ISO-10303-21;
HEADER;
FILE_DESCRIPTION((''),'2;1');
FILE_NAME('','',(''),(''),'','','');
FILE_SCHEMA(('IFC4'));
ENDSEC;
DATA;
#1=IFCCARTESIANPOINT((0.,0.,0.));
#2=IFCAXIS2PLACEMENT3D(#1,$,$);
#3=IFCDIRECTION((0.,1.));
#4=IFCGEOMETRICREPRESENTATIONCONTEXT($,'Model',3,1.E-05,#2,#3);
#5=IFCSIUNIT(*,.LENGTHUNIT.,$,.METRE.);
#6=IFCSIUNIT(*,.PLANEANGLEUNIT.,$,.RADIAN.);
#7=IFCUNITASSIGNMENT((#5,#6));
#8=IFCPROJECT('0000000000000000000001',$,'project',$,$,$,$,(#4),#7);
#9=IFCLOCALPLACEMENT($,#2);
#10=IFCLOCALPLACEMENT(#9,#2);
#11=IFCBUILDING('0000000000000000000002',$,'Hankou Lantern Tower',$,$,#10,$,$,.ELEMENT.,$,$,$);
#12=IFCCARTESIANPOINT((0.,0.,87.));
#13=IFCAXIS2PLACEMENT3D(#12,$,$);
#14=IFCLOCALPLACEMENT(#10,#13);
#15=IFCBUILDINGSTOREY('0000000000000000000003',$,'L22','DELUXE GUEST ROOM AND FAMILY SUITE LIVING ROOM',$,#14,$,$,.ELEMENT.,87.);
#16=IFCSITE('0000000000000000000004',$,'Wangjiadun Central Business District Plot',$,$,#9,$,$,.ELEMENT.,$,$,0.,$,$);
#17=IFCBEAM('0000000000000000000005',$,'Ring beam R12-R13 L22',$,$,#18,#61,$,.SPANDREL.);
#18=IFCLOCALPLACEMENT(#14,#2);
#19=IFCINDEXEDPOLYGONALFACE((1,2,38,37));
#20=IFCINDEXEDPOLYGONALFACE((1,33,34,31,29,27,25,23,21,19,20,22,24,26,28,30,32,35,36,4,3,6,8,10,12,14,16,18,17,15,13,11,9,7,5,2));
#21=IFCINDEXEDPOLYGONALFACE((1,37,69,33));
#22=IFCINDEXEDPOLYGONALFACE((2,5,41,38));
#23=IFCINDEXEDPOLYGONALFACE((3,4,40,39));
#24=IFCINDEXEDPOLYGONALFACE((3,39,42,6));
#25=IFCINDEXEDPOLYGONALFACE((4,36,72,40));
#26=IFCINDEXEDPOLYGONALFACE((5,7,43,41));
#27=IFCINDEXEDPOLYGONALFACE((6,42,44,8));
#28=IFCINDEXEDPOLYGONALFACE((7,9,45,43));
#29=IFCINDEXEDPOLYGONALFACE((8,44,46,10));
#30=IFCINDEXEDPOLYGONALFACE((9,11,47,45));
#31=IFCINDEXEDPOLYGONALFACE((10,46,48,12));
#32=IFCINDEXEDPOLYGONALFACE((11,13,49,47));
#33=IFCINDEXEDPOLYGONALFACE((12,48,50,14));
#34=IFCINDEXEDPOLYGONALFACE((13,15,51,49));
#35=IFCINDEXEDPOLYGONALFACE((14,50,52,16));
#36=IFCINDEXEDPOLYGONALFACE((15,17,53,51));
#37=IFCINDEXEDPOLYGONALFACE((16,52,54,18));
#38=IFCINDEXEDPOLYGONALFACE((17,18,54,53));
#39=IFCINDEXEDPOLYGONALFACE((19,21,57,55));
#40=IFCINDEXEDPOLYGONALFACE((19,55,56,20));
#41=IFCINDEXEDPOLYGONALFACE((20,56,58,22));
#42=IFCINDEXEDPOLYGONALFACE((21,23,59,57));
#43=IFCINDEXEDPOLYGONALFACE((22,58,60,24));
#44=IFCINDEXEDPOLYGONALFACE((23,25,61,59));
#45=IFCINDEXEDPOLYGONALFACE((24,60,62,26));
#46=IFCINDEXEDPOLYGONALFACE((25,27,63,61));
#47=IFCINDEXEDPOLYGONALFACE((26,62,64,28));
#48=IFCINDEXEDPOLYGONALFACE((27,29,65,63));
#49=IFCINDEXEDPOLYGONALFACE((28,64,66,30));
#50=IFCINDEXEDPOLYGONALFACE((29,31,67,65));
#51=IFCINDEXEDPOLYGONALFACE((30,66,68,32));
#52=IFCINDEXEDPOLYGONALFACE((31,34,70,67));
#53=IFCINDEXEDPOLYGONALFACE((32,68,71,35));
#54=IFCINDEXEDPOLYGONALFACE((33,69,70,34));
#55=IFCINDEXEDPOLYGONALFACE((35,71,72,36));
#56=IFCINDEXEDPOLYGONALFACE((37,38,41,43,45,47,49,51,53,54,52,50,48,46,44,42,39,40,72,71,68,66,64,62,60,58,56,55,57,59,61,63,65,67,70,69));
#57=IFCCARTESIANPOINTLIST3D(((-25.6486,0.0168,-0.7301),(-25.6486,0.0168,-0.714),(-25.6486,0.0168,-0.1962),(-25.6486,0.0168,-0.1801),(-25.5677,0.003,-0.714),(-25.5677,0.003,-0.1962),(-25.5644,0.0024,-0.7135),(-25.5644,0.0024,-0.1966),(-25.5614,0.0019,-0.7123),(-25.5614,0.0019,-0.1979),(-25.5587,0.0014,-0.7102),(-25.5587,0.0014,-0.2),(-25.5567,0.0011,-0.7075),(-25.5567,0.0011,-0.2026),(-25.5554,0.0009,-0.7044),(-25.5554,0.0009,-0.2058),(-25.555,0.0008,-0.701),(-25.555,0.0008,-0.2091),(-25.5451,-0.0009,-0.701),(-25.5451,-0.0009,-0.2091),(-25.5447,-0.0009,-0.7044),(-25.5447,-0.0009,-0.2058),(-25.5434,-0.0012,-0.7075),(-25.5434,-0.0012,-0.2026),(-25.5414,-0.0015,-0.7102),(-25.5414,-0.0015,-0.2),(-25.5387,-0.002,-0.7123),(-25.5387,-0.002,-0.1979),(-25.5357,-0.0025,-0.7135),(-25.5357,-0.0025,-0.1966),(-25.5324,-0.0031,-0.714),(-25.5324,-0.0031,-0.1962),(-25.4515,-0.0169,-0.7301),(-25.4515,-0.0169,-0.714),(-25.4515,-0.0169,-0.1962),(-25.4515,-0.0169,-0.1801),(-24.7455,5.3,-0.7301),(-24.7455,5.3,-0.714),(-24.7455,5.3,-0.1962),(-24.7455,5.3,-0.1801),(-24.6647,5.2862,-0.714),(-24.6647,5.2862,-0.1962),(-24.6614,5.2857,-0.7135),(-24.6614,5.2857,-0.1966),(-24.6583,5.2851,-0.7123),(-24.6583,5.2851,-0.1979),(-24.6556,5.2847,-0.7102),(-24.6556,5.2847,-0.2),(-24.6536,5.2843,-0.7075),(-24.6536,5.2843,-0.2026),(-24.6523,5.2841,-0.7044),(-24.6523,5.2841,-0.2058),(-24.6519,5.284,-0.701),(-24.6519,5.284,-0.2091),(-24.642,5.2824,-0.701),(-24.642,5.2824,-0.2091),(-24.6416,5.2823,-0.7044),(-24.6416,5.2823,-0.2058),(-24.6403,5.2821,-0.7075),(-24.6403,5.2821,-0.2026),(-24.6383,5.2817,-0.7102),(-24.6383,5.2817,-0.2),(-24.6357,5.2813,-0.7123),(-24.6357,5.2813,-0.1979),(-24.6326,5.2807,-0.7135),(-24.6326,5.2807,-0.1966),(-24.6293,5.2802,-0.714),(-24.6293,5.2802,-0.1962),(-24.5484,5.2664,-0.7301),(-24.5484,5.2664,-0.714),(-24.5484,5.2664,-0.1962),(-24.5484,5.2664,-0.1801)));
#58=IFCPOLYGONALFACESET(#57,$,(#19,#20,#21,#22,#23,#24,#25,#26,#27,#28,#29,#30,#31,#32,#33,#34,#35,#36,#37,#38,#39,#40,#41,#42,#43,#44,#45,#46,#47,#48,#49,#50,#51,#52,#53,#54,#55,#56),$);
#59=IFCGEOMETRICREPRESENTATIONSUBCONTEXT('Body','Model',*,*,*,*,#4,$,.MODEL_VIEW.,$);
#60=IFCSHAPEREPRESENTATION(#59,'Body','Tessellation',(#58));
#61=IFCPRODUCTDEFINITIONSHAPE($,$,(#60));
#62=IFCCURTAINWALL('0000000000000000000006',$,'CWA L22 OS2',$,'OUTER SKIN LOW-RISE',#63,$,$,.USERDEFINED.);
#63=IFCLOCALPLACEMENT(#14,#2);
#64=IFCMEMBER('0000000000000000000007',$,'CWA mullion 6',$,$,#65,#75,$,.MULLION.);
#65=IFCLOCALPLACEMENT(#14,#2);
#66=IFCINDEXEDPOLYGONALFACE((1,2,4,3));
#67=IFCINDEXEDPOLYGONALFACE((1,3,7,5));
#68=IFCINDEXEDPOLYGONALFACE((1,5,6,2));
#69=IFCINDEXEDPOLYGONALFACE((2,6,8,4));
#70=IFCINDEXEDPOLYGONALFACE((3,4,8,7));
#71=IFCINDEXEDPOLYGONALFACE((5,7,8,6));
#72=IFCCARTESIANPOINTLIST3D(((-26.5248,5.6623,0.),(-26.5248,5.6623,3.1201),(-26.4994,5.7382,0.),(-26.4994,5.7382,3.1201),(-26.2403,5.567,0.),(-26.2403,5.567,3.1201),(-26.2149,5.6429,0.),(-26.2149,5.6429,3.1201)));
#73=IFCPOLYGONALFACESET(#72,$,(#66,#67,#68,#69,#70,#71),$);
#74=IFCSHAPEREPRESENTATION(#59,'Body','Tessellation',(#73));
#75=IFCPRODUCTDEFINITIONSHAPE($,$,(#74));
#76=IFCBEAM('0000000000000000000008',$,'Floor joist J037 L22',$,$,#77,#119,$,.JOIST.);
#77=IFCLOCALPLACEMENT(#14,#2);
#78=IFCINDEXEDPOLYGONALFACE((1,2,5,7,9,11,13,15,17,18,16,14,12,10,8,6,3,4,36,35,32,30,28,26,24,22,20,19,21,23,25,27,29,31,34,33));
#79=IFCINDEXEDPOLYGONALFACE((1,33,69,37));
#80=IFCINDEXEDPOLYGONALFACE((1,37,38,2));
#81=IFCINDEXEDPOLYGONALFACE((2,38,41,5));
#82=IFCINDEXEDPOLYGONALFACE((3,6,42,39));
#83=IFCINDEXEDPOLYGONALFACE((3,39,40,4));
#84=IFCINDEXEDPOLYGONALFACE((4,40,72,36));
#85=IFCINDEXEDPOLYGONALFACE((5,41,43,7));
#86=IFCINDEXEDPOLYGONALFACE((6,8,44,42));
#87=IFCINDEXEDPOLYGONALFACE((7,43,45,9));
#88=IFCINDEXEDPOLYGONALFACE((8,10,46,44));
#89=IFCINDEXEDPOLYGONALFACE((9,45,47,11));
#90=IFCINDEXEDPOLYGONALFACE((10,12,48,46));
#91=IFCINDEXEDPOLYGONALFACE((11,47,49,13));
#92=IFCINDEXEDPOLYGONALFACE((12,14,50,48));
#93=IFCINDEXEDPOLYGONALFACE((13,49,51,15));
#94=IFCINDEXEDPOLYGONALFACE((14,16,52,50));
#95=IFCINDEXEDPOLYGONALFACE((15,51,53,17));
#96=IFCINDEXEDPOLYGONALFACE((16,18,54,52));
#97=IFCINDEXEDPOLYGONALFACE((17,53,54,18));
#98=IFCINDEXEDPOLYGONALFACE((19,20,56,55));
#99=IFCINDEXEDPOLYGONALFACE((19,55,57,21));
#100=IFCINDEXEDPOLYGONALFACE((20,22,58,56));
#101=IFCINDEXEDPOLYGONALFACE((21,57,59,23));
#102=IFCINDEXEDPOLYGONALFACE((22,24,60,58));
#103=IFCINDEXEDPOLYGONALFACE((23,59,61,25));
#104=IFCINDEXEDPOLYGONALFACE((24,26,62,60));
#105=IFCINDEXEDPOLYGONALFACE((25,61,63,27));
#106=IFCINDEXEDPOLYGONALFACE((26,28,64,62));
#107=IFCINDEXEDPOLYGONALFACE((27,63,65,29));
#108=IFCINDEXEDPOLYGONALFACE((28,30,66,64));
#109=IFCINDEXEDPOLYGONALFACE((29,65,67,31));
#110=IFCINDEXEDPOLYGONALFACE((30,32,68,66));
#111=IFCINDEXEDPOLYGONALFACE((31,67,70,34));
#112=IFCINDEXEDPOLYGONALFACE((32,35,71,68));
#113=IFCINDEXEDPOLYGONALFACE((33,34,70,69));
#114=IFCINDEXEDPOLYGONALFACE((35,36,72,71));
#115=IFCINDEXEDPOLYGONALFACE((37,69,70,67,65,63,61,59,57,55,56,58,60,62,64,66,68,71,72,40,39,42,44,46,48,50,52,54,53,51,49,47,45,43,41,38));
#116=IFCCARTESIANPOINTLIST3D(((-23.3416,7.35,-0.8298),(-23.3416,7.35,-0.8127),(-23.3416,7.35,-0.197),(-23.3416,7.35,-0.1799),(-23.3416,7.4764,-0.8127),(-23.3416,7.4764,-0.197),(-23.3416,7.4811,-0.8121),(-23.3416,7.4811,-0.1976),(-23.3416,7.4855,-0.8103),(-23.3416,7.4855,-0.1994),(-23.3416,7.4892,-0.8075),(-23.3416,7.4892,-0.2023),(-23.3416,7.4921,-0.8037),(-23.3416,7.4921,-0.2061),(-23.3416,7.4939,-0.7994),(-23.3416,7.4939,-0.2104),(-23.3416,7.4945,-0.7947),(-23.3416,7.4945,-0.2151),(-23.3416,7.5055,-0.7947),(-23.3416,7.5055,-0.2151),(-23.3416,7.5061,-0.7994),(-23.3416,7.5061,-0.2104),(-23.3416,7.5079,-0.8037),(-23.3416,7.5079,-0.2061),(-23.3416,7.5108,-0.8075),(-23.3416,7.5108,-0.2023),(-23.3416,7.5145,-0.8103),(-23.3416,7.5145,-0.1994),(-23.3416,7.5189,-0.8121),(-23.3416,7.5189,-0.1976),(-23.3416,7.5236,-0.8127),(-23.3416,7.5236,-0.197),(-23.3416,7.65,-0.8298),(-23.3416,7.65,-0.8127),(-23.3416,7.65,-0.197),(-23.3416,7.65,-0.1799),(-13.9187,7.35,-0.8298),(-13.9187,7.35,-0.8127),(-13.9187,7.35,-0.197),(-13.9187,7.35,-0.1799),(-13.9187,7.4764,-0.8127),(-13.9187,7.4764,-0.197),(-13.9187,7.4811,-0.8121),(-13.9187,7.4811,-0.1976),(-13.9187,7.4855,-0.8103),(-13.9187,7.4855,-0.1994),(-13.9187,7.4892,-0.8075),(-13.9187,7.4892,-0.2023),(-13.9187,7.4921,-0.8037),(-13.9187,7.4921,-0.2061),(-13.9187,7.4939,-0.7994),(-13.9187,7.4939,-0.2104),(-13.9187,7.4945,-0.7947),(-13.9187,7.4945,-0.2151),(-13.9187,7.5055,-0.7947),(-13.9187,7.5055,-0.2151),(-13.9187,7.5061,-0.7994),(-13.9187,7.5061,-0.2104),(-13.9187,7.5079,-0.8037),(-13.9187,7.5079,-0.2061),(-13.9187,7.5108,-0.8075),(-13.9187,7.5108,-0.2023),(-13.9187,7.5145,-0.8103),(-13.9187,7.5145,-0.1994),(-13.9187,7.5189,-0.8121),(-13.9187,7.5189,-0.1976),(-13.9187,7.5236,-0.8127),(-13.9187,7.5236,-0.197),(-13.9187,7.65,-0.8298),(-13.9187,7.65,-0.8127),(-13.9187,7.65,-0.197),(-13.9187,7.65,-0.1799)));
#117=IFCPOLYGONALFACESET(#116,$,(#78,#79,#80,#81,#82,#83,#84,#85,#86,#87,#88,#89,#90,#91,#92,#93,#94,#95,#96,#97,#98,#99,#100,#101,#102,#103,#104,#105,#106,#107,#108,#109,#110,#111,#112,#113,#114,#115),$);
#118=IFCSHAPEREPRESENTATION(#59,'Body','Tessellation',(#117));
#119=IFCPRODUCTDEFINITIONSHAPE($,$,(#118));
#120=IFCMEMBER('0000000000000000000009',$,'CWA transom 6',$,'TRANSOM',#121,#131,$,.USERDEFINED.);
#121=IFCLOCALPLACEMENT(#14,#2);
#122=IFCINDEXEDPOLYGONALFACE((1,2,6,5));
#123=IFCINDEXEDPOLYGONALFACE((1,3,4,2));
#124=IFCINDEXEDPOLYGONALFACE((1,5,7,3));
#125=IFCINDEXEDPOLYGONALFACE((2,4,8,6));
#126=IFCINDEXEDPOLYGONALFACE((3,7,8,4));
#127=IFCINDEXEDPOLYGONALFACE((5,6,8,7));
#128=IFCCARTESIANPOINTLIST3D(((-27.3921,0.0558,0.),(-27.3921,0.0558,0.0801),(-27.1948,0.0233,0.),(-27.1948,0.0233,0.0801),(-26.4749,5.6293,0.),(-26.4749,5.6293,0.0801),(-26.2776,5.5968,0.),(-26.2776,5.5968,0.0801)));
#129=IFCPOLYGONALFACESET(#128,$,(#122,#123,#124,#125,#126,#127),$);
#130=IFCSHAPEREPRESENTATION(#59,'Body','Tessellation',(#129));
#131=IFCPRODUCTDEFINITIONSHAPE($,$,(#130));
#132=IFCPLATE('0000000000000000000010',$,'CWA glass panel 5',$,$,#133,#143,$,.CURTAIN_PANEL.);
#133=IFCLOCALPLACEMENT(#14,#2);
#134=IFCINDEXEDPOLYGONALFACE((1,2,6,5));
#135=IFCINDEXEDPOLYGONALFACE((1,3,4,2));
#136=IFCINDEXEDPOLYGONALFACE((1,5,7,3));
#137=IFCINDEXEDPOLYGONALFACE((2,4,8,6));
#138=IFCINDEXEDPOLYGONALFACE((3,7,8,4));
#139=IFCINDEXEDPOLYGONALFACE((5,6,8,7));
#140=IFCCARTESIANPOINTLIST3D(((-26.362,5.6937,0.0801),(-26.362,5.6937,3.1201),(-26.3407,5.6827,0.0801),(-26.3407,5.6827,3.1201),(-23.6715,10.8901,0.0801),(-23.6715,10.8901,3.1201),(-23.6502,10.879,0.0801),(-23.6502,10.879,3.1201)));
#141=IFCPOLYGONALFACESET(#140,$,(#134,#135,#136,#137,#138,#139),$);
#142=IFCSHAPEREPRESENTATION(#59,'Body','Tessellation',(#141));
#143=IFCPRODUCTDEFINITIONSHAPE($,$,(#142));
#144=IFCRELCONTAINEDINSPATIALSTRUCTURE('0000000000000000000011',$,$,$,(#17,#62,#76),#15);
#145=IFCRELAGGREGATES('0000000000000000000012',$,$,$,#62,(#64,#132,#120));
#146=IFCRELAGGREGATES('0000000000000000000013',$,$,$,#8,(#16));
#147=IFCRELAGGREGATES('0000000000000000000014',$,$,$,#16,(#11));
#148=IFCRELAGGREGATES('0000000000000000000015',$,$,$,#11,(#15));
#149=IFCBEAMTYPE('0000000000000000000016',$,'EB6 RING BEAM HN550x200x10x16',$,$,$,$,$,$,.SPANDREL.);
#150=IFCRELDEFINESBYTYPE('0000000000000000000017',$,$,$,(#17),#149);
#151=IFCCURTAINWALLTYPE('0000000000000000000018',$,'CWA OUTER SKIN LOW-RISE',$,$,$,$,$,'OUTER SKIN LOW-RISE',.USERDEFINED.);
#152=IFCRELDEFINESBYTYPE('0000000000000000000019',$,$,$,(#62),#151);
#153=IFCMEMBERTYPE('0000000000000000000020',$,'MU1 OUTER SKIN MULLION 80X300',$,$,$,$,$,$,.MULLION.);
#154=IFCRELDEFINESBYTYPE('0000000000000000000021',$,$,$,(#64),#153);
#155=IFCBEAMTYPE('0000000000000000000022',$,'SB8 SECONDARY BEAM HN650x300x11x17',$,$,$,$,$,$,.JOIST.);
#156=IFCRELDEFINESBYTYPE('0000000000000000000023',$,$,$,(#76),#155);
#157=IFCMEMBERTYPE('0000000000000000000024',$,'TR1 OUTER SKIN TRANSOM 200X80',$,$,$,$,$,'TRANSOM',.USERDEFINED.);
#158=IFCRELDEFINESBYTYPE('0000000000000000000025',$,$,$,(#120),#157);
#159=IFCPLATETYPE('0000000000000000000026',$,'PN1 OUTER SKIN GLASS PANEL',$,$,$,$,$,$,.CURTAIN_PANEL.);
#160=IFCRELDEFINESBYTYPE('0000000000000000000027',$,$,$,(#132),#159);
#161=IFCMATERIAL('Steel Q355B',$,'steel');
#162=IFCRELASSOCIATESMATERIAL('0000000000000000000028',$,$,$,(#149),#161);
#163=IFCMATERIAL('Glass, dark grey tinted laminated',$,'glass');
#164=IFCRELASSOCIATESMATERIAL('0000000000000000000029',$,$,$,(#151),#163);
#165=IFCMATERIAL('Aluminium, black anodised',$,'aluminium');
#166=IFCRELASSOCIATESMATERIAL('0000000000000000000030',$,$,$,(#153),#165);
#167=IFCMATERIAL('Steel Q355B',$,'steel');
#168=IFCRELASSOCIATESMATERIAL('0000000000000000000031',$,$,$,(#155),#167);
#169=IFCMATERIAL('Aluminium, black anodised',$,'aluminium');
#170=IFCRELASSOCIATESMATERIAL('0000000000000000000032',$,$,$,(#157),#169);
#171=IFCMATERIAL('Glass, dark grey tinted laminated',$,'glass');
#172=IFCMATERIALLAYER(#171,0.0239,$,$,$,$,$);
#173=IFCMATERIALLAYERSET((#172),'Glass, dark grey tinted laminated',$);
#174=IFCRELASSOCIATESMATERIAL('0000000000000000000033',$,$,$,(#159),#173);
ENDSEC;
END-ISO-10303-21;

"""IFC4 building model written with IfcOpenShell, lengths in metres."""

from ifc_helpers import new_model, si_unit, direction, frame, origin, origin_2d, place, context, subcontext, project, spatial, rectangle, i_section, extrude, material, layer, layer_set, material_profile, profile_set, type_object, element, aggregate, save


model = new_model("IFC4")

# Units and contexts
model_context = context("Model", 3, precision=1e-05, world=origin(), true_north=direction((0.0, 1.0)))
body_context = subcontext(model_context, "Body", "Model", "MODEL_VIEW")
ifc_project = project(units=[si_unit("LENGTHUNIT", "METRE"), si_unit("PLANEANGLEUNIT", "RADIAN")], contexts=[model_context])

# Site, building, storey
site_placement = place(None, origin())
site = spatial("IfcSite", under=ifc_project, at=site_placement, Name="Wangjiadun Central Business District Plot", CompositionType="ELEMENT", RefElevation=0.0)
building_placement = place(site_placement, origin())
building = spatial("IfcBuilding", under=site, at=building_placement, Name="Hankou Lantern Tower", CompositionType="ELEMENT")
storey_placement = place(building_placement, frame((0.0, 0.0, 87.0)))
storey = spatial("IfcBuildingStorey", under=building, at=storey_placement, Name="L22", Description="DELUXE GUEST ROOM AND FAMILY SUITE LIVING ROOM", CompositionType="ELEMENT", Elevation=87.0)

# Beam
ifc_material_1 = material(Name="Steel Q355B", Category="steel")
ifc_material_profile_1 = material_profile(ifc_material_1, i_section(OverallWidth=0.2, OverallDepth=0.55, WebThickness=0.01, FlangeThickness=0.0161, FilletRadius=0.0129, at=origin_2d()), Name="HN550x200x10x16")
ifc_profile_set_1 = profile_set([ifc_material_profile_1], Name="Steel Q355B")
beam_type_1 = type_object("IfcBeamType", Name="EB6 RING BEAM HN550x200x10x16", PredefinedType="SPANDREL", material=ifc_profile_set_1)
beam_1_placement = place(storey_placement, frame((-24.647, 5.2832, -0.4551), z_axis=(-0.16849, -0.985703, 0.0), x_axis=(0.985703, -0.16849, 0.0)))
element("IfcBeam", 1, at=beam_1_placement, inside=storey, type_object=beam_type_1, Name="Ring beam R12-R13 L22", PredefinedType="SPANDREL", context=body_context, shape_type="SweptSolid", body=[
    extrude(i_section(OverallWidth=0.2, OverallDepth=0.55, WebThickness=0.01, FlangeThickness=0.0161, FilletRadius=0.0129, at=origin_2d()), origin(), (0.0, 0.0, 1.0), 5.3599),
])

# Curtain wall, member
ifc_material_2 = material(Name="Glass, dark grey tinted laminated", Category="glass")
curtain_wall_type = type_object("IfcCurtainWallType", Name="CWA OUTER SKIN LOW-RISE", ElementType="OUTER SKIN LOW-RISE", PredefinedType="USERDEFINED", material=ifc_material_2)
curtain_wall_placement = place(storey_placement, origin())
curtain_wall = element("IfcCurtainWall", 2, at=curtain_wall_placement, inside=storey, type_object=curtain_wall_type, Name="CWA L22 OS2", ObjectType="OUTER SKIN LOW-RISE", PredefinedType="USERDEFINED")
ifc_material_3 = material(Name="Aluminium, black anodised", Category="aluminium")
ifc_material_profile_2 = material_profile(ifc_material_3, rectangle(XDim=0.0801, YDim=0.3, at=origin_2d()), Name="MU1 80X300")
ifc_profile_set_2 = profile_set([ifc_material_profile_2], Name="Aluminium, black anodised")
member_type_1 = type_object("IfcMemberType", Name="MU1 OUTER SKIN MULLION 80X300", PredefinedType="MULLION", material=ifc_profile_set_2)
member_1_placement = place(storey_placement, frame((-26.3699, 5.6526, 0.0), z_axis=(0.0, 0.0, 1.0), x_axis=(-0.317596, -0.948226, 0.0)))
member_1 = element("IfcMember", 3, at=member_1_placement, type_object=member_type_1, Name="CWA mullion 6", PredefinedType="MULLION", context=body_context, shape_type="SweptSolid", body=[
    extrude(rectangle(XDim=0.0801, YDim=0.3, at=origin_2d()), origin(), (0.0, 0.0, 1.0), 3.1201),
])

# Beam
ifc_material_4 = material(Name="Steel Q355B", Category="steel")
ifc_material_profile_3 = material_profile(ifc_material_4, i_section(OverallWidth=0.3, OverallDepth=0.6499, WebThickness=0.011, FlangeThickness=0.0171, FilletRadius=0.0181, at=origin_2d()), Name="HN650x300x11x17")
ifc_profile_set_3 = profile_set([ifc_material_profile_3], Name="Steel Q355B")
beam_type_2 = type_object("IfcBeamType", Name="SB8 SECONDARY BEAM HN650x300x11x17", PredefinedType="JOIST", material=ifc_profile_set_3)
beam_2_placement = place(storey_placement, frame((-23.3416, 7.5, -0.5049), z_axis=(1.0, 0.0, 0.0), x_axis=(0.0, 1.0, 0.0)))
element("IfcBeam", 4, at=beam_2_placement, inside=storey, type_object=beam_type_2, Name="Floor joist J037 L22", PredefinedType="JOIST", context=body_context, shape_type="SweptSolid", body=[
    extrude(i_section(OverallWidth=0.3, OverallDepth=0.6499, WebThickness=0.011, FlangeThickness=0.0171, FilletRadius=0.0181, at=origin_2d()), origin(), (0.0, 0.0, 1.0), 9.4229),
])

# Member
ifc_material_5 = material(Name="Aluminium, black anodised", Category="aluminium")
ifc_material_profile_4 = material_profile(ifc_material_5, rectangle(XDim=0.2, YDim=0.0801, at=origin_2d()), Name="TR1 200X80")
ifc_profile_set_4 = profile_set([ifc_material_profile_4], Name="Aluminium, black anodised")
member_type_2 = type_object("IfcMemberType", Name="TR1 OUTER SKIN TRANSOM 200X80", ElementType="TRANSOM", PredefinedType="USERDEFINED", material=ifc_profile_set_4)
member_2_placement = place(storey_placement, frame((-26.3762, 5.613, 0.04), z_axis=(-0.162387, -0.986727, 0.0), x_axis=(0.986727, -0.162387, 0.0)))
member_2 = element("IfcMember", 5, at=member_2_placement, type_object=member_type_2, Name="CWA transom 6", ObjectType="TRANSOM", PredefinedType="USERDEFINED", context=body_context, shape_type="SweptSolid", body=[
    extrude(rectangle(XDim=0.2, YDim=0.0801, at=origin_2d()), origin(), (0.0, 0.0, 1.0), 5.6484),
])

# Plate
ifc_material_6 = material(Name="Glass, dark grey tinted laminated", Category="glass")
ifc_layer_1 = layer(ifc_material_6, 0.0239)
ifc_layer_set_1 = layer_set([ifc_layer_1], Name="Glass, dark grey tinted laminated")
plate_type = type_object("IfcPlateType", Name="PN1 OUTER SKIN GLASS PANEL", PredefinedType="CURTAIN_PANEL", material=ifc_layer_set_1)
plate_placement = place(storey_placement, frame((-25.0061, 8.2864, 0.0801), z_axis=(0.0, 0.0, 1.0), x_axis=(-0.459791, -0.888027, 0.0)))
plate = element("IfcPlate", 6, at=plate_placement, type_object=plate_type, Name="CWA glass panel 5", PredefinedType="CURTAIN_PANEL", context=body_context, shape_type="SweptSolid", body=[
    extrude(rectangle(XDim=5.8516, YDim=0.0239, at=origin_2d()), origin(), (0.0, 0.0, 1.0), 3.04),
])
aggregate(curtain_wall, [member_1, plate, member_2])

save(model, "model.ifc")
